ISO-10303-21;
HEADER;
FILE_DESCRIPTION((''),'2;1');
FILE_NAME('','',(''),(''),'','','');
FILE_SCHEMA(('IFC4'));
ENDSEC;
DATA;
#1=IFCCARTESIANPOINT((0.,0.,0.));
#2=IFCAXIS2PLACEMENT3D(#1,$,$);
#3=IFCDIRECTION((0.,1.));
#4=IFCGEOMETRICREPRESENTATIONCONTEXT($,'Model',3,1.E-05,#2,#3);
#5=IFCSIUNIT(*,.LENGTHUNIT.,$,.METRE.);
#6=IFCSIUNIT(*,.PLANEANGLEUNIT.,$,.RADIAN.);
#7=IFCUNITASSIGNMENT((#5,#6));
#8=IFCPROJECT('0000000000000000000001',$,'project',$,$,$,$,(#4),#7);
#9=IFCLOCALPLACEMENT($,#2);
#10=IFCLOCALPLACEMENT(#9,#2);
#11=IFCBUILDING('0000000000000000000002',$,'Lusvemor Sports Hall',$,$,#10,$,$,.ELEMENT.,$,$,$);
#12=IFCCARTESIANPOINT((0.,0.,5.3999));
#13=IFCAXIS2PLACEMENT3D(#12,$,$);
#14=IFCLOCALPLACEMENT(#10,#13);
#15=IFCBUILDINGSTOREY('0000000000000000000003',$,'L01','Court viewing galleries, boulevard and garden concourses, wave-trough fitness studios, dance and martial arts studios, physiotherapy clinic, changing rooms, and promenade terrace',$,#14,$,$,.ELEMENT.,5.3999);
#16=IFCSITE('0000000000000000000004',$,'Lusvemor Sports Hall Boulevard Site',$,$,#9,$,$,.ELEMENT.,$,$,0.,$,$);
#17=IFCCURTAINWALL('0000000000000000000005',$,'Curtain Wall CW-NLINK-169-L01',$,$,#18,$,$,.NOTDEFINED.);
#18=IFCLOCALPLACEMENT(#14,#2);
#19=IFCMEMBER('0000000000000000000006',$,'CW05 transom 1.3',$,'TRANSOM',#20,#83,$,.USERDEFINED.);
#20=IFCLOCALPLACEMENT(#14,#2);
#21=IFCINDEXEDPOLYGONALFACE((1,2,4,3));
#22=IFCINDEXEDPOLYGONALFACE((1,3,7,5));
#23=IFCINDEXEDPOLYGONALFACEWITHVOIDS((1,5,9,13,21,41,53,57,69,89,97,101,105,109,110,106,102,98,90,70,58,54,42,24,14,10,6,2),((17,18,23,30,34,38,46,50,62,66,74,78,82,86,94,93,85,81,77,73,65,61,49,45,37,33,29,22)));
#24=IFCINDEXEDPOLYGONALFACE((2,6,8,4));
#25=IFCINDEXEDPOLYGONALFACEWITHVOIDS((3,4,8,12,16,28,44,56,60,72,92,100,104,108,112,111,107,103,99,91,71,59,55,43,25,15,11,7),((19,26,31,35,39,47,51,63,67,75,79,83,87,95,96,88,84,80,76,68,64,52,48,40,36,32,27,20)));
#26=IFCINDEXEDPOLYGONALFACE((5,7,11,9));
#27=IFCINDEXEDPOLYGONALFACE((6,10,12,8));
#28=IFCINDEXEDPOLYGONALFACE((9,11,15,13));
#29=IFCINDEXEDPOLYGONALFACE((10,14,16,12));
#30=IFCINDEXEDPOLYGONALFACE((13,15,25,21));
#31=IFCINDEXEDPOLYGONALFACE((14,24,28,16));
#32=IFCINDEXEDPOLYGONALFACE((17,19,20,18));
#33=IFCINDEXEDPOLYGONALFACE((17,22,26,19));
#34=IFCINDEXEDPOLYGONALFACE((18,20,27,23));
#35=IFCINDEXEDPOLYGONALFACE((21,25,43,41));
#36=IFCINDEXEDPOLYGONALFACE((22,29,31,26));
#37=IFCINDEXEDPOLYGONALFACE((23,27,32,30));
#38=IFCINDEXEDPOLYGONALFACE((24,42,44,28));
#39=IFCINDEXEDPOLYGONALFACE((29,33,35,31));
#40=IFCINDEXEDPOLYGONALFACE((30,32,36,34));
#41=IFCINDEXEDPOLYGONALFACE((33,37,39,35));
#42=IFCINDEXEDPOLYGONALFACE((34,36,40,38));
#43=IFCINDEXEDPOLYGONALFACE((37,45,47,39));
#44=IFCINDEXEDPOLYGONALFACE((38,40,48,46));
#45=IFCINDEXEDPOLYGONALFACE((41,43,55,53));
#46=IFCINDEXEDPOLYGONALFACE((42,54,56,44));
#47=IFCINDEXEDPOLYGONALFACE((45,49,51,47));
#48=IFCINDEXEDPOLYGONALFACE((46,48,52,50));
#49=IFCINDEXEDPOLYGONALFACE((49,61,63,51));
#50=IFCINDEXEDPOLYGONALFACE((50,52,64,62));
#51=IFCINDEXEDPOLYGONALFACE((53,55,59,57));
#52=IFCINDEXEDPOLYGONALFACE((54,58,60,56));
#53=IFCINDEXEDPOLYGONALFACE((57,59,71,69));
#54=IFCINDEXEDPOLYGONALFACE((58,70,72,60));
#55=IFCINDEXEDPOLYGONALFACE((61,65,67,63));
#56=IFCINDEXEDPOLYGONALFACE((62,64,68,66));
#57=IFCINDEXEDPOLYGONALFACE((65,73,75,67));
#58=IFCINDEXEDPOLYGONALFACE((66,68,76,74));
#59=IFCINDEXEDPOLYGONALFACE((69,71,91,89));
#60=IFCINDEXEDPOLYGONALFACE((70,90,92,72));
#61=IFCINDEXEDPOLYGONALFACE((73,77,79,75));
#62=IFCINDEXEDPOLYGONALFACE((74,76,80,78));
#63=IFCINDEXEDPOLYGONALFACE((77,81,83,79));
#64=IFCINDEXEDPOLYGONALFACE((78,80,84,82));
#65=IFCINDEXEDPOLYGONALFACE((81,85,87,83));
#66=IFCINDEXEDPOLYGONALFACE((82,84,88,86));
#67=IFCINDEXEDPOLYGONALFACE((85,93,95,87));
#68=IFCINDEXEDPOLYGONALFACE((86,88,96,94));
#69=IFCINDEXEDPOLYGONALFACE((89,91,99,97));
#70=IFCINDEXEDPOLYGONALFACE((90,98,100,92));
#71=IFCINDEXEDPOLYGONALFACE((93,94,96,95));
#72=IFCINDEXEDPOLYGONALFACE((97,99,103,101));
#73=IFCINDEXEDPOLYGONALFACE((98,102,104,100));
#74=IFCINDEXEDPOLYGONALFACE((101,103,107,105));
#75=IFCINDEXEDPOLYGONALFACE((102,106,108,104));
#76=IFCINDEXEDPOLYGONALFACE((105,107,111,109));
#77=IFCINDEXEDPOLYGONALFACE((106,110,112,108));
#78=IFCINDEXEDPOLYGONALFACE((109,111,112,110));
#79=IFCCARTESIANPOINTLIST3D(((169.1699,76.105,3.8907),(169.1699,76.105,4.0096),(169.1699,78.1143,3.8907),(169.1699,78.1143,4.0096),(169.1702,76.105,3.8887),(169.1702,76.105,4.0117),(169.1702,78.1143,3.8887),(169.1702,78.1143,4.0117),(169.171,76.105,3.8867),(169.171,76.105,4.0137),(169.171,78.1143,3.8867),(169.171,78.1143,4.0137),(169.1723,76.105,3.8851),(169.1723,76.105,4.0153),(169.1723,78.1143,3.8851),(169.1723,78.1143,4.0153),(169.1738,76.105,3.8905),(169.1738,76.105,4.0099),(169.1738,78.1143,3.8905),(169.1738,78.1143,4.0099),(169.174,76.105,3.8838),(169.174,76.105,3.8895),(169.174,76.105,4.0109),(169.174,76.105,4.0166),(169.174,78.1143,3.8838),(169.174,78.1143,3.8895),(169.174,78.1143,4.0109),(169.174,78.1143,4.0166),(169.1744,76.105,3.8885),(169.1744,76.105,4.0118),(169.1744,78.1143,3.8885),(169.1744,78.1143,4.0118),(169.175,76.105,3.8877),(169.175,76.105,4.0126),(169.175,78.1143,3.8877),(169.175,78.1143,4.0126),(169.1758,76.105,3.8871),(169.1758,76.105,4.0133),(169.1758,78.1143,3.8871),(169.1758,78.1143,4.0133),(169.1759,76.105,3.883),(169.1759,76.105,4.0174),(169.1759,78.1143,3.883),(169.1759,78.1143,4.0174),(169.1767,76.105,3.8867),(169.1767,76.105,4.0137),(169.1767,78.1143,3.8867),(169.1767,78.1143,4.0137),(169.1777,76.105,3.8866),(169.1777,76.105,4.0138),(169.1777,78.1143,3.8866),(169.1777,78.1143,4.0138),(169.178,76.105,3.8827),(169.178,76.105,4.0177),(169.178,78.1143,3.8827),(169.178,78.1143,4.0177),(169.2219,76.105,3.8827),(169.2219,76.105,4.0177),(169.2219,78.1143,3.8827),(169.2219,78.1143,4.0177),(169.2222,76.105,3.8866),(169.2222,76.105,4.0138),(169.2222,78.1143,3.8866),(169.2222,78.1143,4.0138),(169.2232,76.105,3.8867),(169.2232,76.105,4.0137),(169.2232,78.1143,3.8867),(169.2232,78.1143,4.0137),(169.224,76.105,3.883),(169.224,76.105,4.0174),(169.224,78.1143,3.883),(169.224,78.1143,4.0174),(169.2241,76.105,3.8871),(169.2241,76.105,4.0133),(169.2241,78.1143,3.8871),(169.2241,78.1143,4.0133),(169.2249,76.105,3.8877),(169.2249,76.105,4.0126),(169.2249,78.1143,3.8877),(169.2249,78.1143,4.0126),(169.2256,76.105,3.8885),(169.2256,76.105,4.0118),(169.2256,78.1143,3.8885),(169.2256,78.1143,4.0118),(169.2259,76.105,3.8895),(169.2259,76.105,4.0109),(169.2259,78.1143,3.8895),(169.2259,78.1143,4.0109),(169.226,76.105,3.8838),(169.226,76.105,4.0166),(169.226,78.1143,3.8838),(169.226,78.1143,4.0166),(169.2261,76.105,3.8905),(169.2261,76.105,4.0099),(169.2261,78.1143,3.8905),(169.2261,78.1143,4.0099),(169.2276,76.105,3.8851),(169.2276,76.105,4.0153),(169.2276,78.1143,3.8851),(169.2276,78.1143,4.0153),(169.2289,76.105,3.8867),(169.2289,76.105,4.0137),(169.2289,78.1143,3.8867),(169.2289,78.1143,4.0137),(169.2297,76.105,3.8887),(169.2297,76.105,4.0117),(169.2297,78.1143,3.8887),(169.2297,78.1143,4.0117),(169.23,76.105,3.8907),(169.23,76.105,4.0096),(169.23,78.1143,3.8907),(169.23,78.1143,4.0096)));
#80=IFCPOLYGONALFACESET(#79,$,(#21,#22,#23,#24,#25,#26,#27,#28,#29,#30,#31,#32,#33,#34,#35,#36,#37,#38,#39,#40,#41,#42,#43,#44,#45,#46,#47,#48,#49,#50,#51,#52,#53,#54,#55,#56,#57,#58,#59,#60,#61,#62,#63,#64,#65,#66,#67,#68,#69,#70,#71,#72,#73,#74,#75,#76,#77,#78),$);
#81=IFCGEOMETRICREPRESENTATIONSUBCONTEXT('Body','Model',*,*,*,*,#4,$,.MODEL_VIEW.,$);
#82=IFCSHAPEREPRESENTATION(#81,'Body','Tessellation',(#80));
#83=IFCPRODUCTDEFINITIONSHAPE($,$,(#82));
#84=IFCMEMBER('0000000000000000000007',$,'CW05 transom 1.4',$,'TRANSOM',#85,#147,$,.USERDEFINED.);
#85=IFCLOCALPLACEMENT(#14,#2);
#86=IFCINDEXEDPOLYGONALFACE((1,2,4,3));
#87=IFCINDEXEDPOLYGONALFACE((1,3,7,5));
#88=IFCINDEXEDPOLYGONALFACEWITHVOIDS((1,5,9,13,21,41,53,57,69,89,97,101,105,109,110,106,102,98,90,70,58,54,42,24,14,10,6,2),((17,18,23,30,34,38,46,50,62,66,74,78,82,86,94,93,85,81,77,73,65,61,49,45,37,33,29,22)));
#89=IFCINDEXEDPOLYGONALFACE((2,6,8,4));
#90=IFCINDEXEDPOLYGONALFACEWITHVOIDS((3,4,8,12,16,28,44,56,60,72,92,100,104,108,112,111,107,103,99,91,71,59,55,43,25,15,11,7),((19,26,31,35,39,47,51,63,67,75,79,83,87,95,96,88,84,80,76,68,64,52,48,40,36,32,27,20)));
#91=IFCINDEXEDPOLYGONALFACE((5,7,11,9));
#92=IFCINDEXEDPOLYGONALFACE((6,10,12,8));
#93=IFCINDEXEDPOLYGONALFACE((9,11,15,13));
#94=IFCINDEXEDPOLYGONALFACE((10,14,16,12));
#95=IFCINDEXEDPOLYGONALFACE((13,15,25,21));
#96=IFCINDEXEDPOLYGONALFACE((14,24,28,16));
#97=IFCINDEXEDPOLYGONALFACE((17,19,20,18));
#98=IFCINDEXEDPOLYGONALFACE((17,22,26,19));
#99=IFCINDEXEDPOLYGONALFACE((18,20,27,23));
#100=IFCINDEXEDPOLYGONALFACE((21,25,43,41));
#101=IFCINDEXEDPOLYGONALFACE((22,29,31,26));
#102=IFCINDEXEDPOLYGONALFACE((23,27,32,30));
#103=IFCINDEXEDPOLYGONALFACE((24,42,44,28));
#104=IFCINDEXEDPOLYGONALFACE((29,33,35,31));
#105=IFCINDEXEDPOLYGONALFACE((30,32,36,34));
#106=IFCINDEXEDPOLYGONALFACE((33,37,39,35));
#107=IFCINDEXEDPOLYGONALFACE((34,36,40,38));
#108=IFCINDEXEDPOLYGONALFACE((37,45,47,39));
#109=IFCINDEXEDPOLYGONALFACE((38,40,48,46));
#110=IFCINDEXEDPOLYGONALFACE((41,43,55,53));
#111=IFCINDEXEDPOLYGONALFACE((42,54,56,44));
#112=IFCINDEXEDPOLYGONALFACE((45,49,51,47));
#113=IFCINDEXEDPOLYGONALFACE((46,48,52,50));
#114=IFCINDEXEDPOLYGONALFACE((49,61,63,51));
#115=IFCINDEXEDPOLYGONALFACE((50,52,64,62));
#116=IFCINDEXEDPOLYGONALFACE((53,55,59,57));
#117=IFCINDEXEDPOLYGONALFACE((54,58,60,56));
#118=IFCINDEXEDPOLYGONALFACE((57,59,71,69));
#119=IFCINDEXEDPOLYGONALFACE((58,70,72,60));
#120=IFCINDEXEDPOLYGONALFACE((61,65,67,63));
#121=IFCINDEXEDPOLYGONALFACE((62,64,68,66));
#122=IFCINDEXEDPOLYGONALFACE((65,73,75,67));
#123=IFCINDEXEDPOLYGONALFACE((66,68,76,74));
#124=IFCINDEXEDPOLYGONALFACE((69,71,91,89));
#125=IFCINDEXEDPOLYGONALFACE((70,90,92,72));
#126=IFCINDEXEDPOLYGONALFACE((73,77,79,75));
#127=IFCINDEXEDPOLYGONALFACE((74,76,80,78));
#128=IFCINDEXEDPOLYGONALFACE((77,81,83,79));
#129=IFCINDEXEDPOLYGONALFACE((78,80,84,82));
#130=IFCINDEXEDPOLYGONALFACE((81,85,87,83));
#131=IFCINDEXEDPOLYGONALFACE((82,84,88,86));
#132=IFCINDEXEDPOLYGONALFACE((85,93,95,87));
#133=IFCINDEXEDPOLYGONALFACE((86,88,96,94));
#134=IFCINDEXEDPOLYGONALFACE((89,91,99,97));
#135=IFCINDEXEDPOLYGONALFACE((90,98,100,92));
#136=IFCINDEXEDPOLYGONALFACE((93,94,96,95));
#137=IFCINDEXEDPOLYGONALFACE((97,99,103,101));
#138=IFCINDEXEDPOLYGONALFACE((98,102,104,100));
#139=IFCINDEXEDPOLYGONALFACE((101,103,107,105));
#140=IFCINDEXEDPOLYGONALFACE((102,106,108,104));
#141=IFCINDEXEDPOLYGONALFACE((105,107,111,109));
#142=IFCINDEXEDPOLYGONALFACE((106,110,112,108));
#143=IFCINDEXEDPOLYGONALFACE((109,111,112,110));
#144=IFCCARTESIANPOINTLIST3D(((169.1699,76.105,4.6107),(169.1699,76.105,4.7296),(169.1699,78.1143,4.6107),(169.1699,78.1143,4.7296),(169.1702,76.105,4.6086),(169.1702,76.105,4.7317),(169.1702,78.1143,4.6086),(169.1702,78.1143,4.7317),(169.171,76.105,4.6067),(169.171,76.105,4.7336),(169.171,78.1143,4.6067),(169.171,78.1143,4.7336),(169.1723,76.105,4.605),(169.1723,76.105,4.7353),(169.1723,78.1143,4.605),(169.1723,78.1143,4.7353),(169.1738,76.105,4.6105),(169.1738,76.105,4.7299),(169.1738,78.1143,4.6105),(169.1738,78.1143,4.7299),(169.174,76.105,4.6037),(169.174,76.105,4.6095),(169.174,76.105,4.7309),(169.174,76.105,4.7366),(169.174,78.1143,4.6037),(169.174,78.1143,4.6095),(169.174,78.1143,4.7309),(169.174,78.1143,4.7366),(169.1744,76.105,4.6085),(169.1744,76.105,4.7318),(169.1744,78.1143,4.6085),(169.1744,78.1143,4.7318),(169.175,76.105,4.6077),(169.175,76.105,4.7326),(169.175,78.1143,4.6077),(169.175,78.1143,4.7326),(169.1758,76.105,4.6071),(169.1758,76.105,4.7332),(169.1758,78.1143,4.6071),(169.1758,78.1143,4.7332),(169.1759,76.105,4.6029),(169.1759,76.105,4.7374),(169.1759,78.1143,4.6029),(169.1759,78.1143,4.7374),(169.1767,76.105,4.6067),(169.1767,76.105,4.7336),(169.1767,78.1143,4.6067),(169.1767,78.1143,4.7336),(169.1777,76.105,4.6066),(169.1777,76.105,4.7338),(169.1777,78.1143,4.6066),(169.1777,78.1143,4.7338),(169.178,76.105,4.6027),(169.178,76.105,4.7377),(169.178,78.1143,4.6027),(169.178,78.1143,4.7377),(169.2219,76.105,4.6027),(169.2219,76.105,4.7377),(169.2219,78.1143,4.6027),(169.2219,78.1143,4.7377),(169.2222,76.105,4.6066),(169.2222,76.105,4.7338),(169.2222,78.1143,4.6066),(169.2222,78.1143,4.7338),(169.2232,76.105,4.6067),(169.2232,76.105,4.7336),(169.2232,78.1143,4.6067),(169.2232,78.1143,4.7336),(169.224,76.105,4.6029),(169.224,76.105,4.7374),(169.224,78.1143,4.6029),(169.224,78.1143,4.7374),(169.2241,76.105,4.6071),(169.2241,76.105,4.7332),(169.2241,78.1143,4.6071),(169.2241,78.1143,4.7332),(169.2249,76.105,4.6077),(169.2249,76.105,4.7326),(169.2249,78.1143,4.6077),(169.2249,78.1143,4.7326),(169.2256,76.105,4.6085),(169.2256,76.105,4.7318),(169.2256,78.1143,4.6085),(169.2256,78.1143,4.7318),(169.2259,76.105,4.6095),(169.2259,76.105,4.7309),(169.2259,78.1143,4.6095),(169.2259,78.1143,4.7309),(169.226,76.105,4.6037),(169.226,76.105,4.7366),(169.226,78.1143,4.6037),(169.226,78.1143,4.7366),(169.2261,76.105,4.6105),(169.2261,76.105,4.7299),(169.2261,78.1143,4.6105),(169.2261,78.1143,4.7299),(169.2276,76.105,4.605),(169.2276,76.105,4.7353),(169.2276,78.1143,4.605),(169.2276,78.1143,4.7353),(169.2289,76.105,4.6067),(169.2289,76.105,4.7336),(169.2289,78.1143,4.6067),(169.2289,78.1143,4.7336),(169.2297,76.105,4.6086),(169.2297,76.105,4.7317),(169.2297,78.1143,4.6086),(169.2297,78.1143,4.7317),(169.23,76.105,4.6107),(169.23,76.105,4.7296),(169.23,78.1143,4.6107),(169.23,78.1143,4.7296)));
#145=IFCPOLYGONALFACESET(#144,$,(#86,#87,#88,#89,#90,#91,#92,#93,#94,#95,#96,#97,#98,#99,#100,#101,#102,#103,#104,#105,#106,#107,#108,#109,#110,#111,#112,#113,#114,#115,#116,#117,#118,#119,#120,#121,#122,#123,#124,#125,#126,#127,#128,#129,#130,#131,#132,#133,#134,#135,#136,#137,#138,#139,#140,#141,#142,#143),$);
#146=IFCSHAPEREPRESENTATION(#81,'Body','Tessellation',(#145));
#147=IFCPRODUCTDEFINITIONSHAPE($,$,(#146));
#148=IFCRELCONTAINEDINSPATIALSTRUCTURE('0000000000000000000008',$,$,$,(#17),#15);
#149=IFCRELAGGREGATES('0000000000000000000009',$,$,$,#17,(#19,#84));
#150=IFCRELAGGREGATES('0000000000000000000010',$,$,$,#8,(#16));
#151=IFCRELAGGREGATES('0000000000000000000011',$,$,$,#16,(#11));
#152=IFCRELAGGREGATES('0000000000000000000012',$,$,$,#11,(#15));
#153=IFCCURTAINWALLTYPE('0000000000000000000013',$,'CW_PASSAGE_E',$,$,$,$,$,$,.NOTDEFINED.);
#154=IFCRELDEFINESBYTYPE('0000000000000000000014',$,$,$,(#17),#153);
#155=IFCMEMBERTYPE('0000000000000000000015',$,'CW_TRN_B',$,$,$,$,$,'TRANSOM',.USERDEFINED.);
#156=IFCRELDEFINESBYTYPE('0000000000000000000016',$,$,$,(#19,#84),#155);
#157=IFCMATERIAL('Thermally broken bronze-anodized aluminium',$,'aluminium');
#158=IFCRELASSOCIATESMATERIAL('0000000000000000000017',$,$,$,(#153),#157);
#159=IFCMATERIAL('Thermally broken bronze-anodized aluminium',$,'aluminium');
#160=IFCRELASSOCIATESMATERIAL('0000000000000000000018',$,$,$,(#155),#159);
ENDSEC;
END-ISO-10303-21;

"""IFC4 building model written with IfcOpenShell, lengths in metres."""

from ifc_helpers import new_model, si_unit, direction, frame, origin, origin_2d, place, context, subcontext, project, spatial, hollow_rectangle, extrude, material, material_profile, profile_set, type_object, element, aggregate, save


model = new_model("IFC4")

# Units and contexts
model_context = context("Model", 3, precision=1e-05, world=origin(), true_north=direction((0.0, 1.0)))
body_context = subcontext(model_context, "Body", "Model", "MODEL_VIEW")
ifc_project = project(units=[si_unit("LENGTHUNIT", "METRE"), si_unit("PLANEANGLEUNIT", "RADIAN")], contexts=[model_context])

# Site, building, storey
site_placement = place(None, origin())
site = spatial("IfcSite", under=ifc_project, at=site_placement, Name="Lusvemor Sports Hall Boulevard Site", CompositionType="ELEMENT", RefElevation=0.0)
building_placement = place(site_placement, origin())
building = spatial("IfcBuilding", under=site, at=building_placement, Name="Lusvemor Sports Hall", CompositionType="ELEMENT")
storey_placement = place(building_placement, frame((0.0, 0.0, 5.3999)))
storey = spatial("IfcBuildingStorey", under=building, at=storey_placement, Name="L01", Description="Court viewing galleries, boulevard and garden concourses, wave-trough fitness studios, dance and martial arts studios, physiotherapy clinic, changing rooms, and promenade terrace", CompositionType="ELEMENT", Elevation=5.3999)

# Curtain wall, members
ifc_material_1 = material(Name="Thermally broken bronze-anodized aluminium", Category="aluminium")
curtain_wall_type = type_object("IfcCurtainWallType", Name="CW_PASSAGE_E", PredefinedType="NOTDEFINED", material=ifc_material_1)
curtain_wall_placement = place(storey_placement, origin())
curtain_wall = element("IfcCurtainWall", 1, at=curtain_wall_placement, inside=storey, type_object=curtain_wall_type, Name="Curtain Wall CW-NLINK-169-L01", PredefinedType="NOTDEFINED")
ifc_material_2 = material(Name="Thermally broken bronze-anodized aluminium", Category="aluminium")
ifc_material_profile_1 = material_profile(ifc_material_2, hollow_rectangle(XDim=0.0601, YDim=0.135, WallThickness=0.0039, InnerFilletRadius=0.0039, OuterFilletRadius=0.0081, at=origin_2d()), Name="CWTRN135x60x4")
ifc_profile_set_1 = profile_set([ifc_material_profile_1], Name="Thermally broken bronze-anodized aluminium")
member_type_1 = type_object("IfcMemberType", Name="CW_TRN_B", ElementType="TRANSOM", PredefinedType="USERDEFINED", material=ifc_profile_set_1)
member_1_placement = place(storey_placement, frame((169.2, 76.105, 3.9502), z_axis=(0.0, 1.0, 0.0), x_axis=(-1.0, 0.0, 0.0)))
member_1 = element("IfcMember", 2, at=member_1_placement, type_object=member_type_1, Name="CW05 transom 1.3", ObjectType="TRANSOM", PredefinedType="USERDEFINED", context=body_context, shape_type="SweptSolid", body=[
    extrude(hollow_rectangle(XDim=0.0601, YDim=0.135, WallThickness=0.0039, InnerFilletRadius=0.0039, OuterFilletRadius=0.0081, at=origin_2d()), origin(), (0.0, 0.0, 1.0), 2.0093),
])
member_2_placement = place(storey_placement, frame((169.2, 76.105, 4.6702), z_axis=(0.0, 1.0, 0.0), x_axis=(-1.0, 0.0, 0.0)))
member_2 = element("IfcMember", 3, at=member_2_placement, type_object=member_type_1, Name="CW05 transom 1.4", ObjectType="TRANSOM", PredefinedType="USERDEFINED", context=body_context, shape_type="SweptSolid", body=[
    extrude(hollow_rectangle(XDim=0.0601, YDim=0.135, WallThickness=0.0039, InnerFilletRadius=0.0039, OuterFilletRadius=0.0081, at=origin_2d()), origin(), (0.0, 0.0, 1.0), 2.0093),
])

aggregate(curtain_wall, [member_1, member_2])

save(model, "model.ifc")
